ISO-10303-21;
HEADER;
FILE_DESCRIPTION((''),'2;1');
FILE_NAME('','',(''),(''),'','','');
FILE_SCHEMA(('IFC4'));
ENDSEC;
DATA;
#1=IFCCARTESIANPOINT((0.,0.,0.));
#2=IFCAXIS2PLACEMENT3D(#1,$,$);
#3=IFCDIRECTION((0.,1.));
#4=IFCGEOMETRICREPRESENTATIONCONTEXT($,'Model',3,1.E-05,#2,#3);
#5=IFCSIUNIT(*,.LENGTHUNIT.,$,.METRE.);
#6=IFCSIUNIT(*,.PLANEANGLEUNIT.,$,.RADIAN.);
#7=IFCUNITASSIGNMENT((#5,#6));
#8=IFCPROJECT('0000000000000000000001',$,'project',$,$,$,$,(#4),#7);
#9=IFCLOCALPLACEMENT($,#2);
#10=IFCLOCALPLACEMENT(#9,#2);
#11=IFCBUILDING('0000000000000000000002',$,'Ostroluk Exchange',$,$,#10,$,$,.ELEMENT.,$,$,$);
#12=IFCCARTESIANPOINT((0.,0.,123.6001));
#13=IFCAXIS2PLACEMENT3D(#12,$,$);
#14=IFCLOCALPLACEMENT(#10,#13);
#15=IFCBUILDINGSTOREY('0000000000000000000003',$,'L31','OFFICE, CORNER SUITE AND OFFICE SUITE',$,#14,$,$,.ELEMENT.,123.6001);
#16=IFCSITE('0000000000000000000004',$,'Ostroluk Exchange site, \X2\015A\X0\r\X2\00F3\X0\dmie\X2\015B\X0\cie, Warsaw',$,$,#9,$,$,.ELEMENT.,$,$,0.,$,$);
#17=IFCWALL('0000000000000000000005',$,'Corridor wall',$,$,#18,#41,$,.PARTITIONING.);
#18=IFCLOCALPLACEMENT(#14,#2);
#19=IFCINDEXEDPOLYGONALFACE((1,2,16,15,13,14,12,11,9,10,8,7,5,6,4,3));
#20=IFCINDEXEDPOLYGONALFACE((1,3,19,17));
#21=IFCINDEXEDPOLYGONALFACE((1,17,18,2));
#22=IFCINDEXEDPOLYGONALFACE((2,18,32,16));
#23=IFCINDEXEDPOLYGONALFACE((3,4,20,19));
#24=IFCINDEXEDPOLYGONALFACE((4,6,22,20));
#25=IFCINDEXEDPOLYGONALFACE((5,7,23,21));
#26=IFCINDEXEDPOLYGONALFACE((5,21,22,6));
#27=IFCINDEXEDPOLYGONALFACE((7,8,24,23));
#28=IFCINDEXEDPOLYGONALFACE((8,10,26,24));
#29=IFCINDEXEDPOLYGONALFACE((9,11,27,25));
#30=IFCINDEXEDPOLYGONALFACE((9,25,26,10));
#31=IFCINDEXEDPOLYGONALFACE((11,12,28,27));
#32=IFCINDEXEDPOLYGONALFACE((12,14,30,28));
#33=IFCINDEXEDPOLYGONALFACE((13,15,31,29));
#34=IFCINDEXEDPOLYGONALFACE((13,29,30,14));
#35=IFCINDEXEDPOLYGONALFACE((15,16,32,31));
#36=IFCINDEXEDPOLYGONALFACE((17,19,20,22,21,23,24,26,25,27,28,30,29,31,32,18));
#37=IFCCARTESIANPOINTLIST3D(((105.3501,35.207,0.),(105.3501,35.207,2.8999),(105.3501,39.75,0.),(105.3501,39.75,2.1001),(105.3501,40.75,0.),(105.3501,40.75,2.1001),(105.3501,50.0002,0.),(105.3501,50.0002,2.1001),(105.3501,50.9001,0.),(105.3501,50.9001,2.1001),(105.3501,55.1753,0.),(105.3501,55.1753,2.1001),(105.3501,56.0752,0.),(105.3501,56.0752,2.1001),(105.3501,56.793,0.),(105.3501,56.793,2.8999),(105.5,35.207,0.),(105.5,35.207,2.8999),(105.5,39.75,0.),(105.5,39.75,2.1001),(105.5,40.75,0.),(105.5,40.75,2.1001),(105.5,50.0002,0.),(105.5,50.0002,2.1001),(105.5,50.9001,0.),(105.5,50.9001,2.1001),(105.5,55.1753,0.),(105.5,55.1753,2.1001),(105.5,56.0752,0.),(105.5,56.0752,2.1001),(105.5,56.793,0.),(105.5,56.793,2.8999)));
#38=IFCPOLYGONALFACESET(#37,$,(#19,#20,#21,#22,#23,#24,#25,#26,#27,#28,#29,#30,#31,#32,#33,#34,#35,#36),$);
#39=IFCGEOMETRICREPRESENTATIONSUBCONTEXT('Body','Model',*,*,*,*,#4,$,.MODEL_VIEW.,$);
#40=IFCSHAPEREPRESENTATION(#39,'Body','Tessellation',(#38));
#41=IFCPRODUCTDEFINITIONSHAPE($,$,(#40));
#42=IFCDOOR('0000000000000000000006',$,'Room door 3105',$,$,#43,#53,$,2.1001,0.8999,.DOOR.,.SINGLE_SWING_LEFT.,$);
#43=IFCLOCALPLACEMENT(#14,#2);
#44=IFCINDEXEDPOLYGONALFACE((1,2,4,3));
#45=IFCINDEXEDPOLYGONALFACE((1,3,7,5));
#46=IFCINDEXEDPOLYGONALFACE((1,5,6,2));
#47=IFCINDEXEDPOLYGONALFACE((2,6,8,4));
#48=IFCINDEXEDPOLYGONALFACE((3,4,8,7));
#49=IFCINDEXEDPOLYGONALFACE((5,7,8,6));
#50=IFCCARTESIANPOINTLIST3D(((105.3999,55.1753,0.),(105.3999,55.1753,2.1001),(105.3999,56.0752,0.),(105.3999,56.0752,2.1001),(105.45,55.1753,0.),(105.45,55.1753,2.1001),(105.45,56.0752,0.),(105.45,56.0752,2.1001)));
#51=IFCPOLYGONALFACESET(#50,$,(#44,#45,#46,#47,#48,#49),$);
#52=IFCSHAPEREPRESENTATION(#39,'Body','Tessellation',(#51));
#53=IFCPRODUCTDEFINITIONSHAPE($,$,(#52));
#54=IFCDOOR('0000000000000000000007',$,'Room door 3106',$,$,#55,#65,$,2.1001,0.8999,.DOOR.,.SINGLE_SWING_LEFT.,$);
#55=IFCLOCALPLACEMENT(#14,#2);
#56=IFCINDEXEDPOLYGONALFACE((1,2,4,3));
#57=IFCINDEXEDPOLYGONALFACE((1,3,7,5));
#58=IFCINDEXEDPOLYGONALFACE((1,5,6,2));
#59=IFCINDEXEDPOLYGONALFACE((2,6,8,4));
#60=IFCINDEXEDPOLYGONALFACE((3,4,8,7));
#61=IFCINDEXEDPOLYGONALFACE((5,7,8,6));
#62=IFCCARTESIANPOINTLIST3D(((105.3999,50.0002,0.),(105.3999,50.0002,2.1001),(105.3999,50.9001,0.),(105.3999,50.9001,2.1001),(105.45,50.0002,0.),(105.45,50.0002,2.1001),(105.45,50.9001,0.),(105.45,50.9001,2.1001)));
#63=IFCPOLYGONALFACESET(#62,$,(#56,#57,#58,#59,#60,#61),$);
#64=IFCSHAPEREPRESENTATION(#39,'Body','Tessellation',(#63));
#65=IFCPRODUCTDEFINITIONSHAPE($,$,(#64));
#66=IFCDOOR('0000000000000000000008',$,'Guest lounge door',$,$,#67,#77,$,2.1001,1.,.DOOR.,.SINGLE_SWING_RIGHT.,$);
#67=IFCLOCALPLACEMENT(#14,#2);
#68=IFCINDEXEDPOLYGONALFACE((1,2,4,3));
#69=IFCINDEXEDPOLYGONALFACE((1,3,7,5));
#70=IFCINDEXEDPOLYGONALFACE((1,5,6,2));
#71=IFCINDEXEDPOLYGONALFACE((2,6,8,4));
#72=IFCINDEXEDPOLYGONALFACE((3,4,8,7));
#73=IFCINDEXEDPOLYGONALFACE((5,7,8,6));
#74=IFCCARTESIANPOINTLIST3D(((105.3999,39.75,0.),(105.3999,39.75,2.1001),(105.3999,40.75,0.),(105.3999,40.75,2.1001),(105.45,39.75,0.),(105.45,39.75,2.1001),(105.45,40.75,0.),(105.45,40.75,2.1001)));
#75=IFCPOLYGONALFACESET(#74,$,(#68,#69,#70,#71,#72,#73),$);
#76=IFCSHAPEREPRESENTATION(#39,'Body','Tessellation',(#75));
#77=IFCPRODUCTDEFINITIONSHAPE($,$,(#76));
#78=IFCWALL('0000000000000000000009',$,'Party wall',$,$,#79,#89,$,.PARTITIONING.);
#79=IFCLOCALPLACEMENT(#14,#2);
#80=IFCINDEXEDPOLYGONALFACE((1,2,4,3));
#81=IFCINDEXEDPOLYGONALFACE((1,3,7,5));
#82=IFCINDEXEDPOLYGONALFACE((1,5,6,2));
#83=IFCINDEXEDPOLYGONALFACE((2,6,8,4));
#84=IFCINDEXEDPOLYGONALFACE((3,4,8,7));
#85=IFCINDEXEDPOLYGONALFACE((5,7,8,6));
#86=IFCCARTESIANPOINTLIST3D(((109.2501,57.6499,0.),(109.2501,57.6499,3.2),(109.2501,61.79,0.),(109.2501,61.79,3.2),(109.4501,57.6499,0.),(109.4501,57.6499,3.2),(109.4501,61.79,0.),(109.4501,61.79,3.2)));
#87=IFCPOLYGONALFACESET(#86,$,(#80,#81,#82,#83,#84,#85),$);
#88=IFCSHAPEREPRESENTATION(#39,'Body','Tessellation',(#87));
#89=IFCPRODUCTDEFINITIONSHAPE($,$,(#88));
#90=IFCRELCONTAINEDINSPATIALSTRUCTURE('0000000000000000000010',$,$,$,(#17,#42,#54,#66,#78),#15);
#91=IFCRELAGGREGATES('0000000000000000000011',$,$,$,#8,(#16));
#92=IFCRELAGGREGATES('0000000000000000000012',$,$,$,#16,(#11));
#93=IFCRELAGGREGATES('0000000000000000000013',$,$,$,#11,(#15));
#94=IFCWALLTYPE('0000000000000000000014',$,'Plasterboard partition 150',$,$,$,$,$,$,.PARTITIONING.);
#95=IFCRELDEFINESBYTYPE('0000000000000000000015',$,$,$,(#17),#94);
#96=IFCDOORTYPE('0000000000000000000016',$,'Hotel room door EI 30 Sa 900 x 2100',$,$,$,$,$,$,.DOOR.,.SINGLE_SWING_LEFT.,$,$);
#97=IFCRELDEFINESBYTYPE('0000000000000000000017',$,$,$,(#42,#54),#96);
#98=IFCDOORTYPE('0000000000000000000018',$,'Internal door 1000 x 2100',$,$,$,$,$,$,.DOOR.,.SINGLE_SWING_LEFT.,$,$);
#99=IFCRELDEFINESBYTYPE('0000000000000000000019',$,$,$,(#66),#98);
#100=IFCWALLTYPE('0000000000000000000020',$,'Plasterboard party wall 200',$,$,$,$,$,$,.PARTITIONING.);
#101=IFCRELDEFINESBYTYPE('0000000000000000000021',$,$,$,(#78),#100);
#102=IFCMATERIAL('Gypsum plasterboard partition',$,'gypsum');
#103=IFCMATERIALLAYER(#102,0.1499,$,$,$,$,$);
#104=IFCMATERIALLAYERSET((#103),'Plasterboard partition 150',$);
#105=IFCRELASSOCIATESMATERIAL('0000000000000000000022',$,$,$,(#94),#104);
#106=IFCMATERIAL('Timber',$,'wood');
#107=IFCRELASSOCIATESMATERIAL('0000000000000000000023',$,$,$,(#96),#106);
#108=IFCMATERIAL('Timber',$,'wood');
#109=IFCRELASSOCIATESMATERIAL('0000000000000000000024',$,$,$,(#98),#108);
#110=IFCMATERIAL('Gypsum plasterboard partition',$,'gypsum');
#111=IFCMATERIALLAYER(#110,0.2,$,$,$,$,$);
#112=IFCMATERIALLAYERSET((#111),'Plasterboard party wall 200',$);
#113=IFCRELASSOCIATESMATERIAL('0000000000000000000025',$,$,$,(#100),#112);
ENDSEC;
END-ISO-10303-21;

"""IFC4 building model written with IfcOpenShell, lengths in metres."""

from ifc_helpers import new_model, si_unit, direction, frame, frame_2d, origin, place, context, subcontext, project, spatial, rectangle, extrude, material, layer, layer_set, type_object, element, fill, save


model = new_model("IFC4")

# Units and contexts
model_context = context("Model", 3, precision=1e-05, world=origin(), true_north=direction((0.0, 1.0)))
body_context = subcontext(model_context, "Body", "Model", "MODEL_VIEW")
ifc_project = project(units=[si_unit("LENGTHUNIT", "METRE"), si_unit("PLANEANGLEUNIT", "RADIAN")], contexts=[model_context])

# Site, building, storey
site_placement = place(None, origin())
site = spatial("IfcSite", under=ifc_project, at=site_placement, Name="Ostroluk Exchange site, Śródmieście, Warsaw", CompositionType="ELEMENT", RefElevation=0.0)
building_placement = place(site_placement, origin())
building = spatial("IfcBuilding", under=site, at=building_placement, Name="Ostroluk Exchange", CompositionType="ELEMENT")
storey_placement = place(building_placement, frame((0.0, 0.0, 123.6001)))
storey = spatial("IfcBuildingStorey", under=building, at=storey_placement, Name="L31", Description="OFFICE, CORNER SUITE AND OFFICE SUITE", CompositionType="ELEMENT", Elevation=123.6001)

# Wall, openings, doors
ifc_material_1 = material(Name="Gypsum plasterboard partition", Category="gypsum")
ifc_layer_1 = layer(ifc_material_1, 0.1499)
ifc_layer_set_1 = layer_set([ifc_layer_1], Name="Plasterboard partition 150")
wall_type_1 = type_object("IfcWallType", Name="Plasterboard partition 150", PredefinedType="PARTITIONING", material=ifc_layer_set_1)
wall_1_placement = place(storey_placement, frame((105.425, 56.793, 0.0), z_axis=(0.0, 0.0, 1.0), x_axis=(0.0, -1.0, 0.0)))
wall_1 = element("IfcWall", 1, at=wall_1_placement, inside=storey, type_object=wall_type_1, Name="Corridor wall", PredefinedType="PARTITIONING", context=body_context, shape_type="SweptSolid", body=[
    extrude(rectangle(XDim=21.5859, YDim=0.1499, at=frame_2d((10.793, 0.0))), origin(), (0.0, 0.0, 1.0), 2.8999),
])
opening_1_placement = place(wall_1_placement, frame((0.7178, 0.0, 0.0)))
opening_1 = element("IfcOpeningElement", 2, at=opening_1_placement, cuts=wall_1, PredefinedType="OPENING", context=body_context, shape_type="SweptSolid", body=[
    extrude(rectangle(XDim=0.8999, YDim=2.1001, at=frame_2d((0.45, 1.05))), frame((0.0, 0.085, 0.0), z_axis=(0.0, -1.0, 0.0), x_axis=(1.0, 0.0, 0.0)), (0.0, 0.0, 1.0), 0.1699),
])
opening_2_placement = place(wall_1_placement, frame((5.8928, 0.0, 0.0)))
opening_2 = element("IfcOpeningElement", 3, at=opening_2_placement, cuts=wall_1, PredefinedType="OPENING", context=body_context, shape_type="SweptSolid", body=[
    extrude(rectangle(XDim=0.8999, YDim=2.1001, at=frame_2d((0.45, 1.05))), frame((0.0, 0.085, 0.0), z_axis=(0.0, -1.0, 0.0), x_axis=(1.0, 0.0, 0.0)), (0.0, 0.0, 1.0), 0.1699),
])
opening_3_placement = place(wall_1_placement, frame((16.043, 0.0, 0.0)))
opening_3 = element("IfcOpeningElement", 4, at=opening_3_placement, cuts=wall_1, PredefinedType="OPENING", context=body_context, shape_type="SweptSolid", body=[
    extrude(rectangle(XDim=1.0, YDim=2.1001, at=frame_2d((0.5, 1.05))), frame((0.0, 0.085, 0.0), z_axis=(0.0, -1.0, 0.0), x_axis=(1.0, 0.0, 0.0)), (0.0, 0.0, 1.0), 0.1699),
])
ifc_material_2 = material(Name="Timber", Category="wood")
door_type_1 = type_object("IfcDoorType", Name="Hotel room door EI 30 Sa 900 x 2100", OperationType="SINGLE_SWING_LEFT", PredefinedType="DOOR", material=ifc_material_2)
door_1_placement = place(opening_1_placement, origin())
door_1 = element("IfcDoor", 5, at=door_1_placement, inside=storey, type_object=door_type_1, Name="Room door 3105", OperationType="SINGLE_SWING_LEFT", OverallHeight=2.1001, OverallWidth=0.8999, PredefinedType="DOOR", context=body_context, shape_type="SweptSolid", body=[
    extrude(rectangle(XDim=0.8999, YDim=2.1001, at=frame_2d((0.45, 1.05))), frame((0.0, 0.0249, 0.0), z_axis=(0.0, -1.0, 0.0), x_axis=(1.0, 0.0, 0.0)), (0.0, 0.0, 1.0), 0.05),
])
fill(opening_1, door_1)
door_2_placement = place(opening_2_placement, origin())
door_2 = element("IfcDoor", 6, at=door_2_placement, inside=storey, type_object=door_type_1, Name="Room door 3106", OperationType="SINGLE_SWING_LEFT", OverallHeight=2.1001, OverallWidth=0.8999, PredefinedType="DOOR", context=body_context, shape_type="SweptSolid", body=[
    extrude(rectangle(XDim=0.8999, YDim=2.1001, at=frame_2d((0.45, 1.05))), frame((0.0, 0.0249, 0.0), z_axis=(0.0, -1.0, 0.0), x_axis=(1.0, 0.0, 0.0)), (0.0, 0.0, 1.0), 0.05),
])
fill(opening_2, door_2)
ifc_material_3 = material(Name="Timber", Category="wood")
door_type_2 = type_object("IfcDoorType", Name="Internal door 1000 x 2100", OperationType="SINGLE_SWING_LEFT", PredefinedType="DOOR", material=ifc_material_3)
door_3_placement = place(opening_3_placement, origin())
door_3 = element("IfcDoor", 7, at=door_3_placement, inside=storey, type_object=door_type_2, Name="Guest lounge door", OperationType="SINGLE_SWING_RIGHT", OverallHeight=2.1001, OverallWidth=1.0, PredefinedType="DOOR", context=body_context, shape_type="SweptSolid", body=[
    extrude(rectangle(XDim=1.0, YDim=2.1001, at=frame_2d((0.5, 1.05))), frame((0.0, 0.0249, 0.0), z_axis=(0.0, -1.0, 0.0), x_axis=(1.0, 0.0, 0.0)), (0.0, 0.0, 1.0), 0.05),
])
fill(opening_3, door_3)

# Wall
ifc_material_4 = material(Name="Gypsum plasterboard partition", Category="gypsum")
ifc_layer_2 = layer(ifc_material_4, 0.2)
ifc_layer_set_2 = layer_set([ifc_layer_2], Name="Plasterboard party wall 200")
wall_type_2 = type_object("IfcWallType", Name="Plasterboard party wall 200", PredefinedType="PARTITIONING", material=ifc_layer_set_2)
wall_2_placement = place(storey_placement, frame((109.3501, 57.6499, 0.0), z_axis=(0.0, 0.0, 1.0), x_axis=(0.0, 1.0, 0.0)))
element("IfcWall", 8, at=wall_2_placement, inside=storey, type_object=wall_type_2, Name="Party wall", PredefinedType="PARTITIONING", context=body_context, shape_type="SweptSolid", body=[
    extrude(rectangle(XDim=4.1401, YDim=0.2, at=frame_2d((2.0701, 0.0))), origin(), (0.0, 0.0, 1.0), 3.2),
])

save(model, "model.ifc")
